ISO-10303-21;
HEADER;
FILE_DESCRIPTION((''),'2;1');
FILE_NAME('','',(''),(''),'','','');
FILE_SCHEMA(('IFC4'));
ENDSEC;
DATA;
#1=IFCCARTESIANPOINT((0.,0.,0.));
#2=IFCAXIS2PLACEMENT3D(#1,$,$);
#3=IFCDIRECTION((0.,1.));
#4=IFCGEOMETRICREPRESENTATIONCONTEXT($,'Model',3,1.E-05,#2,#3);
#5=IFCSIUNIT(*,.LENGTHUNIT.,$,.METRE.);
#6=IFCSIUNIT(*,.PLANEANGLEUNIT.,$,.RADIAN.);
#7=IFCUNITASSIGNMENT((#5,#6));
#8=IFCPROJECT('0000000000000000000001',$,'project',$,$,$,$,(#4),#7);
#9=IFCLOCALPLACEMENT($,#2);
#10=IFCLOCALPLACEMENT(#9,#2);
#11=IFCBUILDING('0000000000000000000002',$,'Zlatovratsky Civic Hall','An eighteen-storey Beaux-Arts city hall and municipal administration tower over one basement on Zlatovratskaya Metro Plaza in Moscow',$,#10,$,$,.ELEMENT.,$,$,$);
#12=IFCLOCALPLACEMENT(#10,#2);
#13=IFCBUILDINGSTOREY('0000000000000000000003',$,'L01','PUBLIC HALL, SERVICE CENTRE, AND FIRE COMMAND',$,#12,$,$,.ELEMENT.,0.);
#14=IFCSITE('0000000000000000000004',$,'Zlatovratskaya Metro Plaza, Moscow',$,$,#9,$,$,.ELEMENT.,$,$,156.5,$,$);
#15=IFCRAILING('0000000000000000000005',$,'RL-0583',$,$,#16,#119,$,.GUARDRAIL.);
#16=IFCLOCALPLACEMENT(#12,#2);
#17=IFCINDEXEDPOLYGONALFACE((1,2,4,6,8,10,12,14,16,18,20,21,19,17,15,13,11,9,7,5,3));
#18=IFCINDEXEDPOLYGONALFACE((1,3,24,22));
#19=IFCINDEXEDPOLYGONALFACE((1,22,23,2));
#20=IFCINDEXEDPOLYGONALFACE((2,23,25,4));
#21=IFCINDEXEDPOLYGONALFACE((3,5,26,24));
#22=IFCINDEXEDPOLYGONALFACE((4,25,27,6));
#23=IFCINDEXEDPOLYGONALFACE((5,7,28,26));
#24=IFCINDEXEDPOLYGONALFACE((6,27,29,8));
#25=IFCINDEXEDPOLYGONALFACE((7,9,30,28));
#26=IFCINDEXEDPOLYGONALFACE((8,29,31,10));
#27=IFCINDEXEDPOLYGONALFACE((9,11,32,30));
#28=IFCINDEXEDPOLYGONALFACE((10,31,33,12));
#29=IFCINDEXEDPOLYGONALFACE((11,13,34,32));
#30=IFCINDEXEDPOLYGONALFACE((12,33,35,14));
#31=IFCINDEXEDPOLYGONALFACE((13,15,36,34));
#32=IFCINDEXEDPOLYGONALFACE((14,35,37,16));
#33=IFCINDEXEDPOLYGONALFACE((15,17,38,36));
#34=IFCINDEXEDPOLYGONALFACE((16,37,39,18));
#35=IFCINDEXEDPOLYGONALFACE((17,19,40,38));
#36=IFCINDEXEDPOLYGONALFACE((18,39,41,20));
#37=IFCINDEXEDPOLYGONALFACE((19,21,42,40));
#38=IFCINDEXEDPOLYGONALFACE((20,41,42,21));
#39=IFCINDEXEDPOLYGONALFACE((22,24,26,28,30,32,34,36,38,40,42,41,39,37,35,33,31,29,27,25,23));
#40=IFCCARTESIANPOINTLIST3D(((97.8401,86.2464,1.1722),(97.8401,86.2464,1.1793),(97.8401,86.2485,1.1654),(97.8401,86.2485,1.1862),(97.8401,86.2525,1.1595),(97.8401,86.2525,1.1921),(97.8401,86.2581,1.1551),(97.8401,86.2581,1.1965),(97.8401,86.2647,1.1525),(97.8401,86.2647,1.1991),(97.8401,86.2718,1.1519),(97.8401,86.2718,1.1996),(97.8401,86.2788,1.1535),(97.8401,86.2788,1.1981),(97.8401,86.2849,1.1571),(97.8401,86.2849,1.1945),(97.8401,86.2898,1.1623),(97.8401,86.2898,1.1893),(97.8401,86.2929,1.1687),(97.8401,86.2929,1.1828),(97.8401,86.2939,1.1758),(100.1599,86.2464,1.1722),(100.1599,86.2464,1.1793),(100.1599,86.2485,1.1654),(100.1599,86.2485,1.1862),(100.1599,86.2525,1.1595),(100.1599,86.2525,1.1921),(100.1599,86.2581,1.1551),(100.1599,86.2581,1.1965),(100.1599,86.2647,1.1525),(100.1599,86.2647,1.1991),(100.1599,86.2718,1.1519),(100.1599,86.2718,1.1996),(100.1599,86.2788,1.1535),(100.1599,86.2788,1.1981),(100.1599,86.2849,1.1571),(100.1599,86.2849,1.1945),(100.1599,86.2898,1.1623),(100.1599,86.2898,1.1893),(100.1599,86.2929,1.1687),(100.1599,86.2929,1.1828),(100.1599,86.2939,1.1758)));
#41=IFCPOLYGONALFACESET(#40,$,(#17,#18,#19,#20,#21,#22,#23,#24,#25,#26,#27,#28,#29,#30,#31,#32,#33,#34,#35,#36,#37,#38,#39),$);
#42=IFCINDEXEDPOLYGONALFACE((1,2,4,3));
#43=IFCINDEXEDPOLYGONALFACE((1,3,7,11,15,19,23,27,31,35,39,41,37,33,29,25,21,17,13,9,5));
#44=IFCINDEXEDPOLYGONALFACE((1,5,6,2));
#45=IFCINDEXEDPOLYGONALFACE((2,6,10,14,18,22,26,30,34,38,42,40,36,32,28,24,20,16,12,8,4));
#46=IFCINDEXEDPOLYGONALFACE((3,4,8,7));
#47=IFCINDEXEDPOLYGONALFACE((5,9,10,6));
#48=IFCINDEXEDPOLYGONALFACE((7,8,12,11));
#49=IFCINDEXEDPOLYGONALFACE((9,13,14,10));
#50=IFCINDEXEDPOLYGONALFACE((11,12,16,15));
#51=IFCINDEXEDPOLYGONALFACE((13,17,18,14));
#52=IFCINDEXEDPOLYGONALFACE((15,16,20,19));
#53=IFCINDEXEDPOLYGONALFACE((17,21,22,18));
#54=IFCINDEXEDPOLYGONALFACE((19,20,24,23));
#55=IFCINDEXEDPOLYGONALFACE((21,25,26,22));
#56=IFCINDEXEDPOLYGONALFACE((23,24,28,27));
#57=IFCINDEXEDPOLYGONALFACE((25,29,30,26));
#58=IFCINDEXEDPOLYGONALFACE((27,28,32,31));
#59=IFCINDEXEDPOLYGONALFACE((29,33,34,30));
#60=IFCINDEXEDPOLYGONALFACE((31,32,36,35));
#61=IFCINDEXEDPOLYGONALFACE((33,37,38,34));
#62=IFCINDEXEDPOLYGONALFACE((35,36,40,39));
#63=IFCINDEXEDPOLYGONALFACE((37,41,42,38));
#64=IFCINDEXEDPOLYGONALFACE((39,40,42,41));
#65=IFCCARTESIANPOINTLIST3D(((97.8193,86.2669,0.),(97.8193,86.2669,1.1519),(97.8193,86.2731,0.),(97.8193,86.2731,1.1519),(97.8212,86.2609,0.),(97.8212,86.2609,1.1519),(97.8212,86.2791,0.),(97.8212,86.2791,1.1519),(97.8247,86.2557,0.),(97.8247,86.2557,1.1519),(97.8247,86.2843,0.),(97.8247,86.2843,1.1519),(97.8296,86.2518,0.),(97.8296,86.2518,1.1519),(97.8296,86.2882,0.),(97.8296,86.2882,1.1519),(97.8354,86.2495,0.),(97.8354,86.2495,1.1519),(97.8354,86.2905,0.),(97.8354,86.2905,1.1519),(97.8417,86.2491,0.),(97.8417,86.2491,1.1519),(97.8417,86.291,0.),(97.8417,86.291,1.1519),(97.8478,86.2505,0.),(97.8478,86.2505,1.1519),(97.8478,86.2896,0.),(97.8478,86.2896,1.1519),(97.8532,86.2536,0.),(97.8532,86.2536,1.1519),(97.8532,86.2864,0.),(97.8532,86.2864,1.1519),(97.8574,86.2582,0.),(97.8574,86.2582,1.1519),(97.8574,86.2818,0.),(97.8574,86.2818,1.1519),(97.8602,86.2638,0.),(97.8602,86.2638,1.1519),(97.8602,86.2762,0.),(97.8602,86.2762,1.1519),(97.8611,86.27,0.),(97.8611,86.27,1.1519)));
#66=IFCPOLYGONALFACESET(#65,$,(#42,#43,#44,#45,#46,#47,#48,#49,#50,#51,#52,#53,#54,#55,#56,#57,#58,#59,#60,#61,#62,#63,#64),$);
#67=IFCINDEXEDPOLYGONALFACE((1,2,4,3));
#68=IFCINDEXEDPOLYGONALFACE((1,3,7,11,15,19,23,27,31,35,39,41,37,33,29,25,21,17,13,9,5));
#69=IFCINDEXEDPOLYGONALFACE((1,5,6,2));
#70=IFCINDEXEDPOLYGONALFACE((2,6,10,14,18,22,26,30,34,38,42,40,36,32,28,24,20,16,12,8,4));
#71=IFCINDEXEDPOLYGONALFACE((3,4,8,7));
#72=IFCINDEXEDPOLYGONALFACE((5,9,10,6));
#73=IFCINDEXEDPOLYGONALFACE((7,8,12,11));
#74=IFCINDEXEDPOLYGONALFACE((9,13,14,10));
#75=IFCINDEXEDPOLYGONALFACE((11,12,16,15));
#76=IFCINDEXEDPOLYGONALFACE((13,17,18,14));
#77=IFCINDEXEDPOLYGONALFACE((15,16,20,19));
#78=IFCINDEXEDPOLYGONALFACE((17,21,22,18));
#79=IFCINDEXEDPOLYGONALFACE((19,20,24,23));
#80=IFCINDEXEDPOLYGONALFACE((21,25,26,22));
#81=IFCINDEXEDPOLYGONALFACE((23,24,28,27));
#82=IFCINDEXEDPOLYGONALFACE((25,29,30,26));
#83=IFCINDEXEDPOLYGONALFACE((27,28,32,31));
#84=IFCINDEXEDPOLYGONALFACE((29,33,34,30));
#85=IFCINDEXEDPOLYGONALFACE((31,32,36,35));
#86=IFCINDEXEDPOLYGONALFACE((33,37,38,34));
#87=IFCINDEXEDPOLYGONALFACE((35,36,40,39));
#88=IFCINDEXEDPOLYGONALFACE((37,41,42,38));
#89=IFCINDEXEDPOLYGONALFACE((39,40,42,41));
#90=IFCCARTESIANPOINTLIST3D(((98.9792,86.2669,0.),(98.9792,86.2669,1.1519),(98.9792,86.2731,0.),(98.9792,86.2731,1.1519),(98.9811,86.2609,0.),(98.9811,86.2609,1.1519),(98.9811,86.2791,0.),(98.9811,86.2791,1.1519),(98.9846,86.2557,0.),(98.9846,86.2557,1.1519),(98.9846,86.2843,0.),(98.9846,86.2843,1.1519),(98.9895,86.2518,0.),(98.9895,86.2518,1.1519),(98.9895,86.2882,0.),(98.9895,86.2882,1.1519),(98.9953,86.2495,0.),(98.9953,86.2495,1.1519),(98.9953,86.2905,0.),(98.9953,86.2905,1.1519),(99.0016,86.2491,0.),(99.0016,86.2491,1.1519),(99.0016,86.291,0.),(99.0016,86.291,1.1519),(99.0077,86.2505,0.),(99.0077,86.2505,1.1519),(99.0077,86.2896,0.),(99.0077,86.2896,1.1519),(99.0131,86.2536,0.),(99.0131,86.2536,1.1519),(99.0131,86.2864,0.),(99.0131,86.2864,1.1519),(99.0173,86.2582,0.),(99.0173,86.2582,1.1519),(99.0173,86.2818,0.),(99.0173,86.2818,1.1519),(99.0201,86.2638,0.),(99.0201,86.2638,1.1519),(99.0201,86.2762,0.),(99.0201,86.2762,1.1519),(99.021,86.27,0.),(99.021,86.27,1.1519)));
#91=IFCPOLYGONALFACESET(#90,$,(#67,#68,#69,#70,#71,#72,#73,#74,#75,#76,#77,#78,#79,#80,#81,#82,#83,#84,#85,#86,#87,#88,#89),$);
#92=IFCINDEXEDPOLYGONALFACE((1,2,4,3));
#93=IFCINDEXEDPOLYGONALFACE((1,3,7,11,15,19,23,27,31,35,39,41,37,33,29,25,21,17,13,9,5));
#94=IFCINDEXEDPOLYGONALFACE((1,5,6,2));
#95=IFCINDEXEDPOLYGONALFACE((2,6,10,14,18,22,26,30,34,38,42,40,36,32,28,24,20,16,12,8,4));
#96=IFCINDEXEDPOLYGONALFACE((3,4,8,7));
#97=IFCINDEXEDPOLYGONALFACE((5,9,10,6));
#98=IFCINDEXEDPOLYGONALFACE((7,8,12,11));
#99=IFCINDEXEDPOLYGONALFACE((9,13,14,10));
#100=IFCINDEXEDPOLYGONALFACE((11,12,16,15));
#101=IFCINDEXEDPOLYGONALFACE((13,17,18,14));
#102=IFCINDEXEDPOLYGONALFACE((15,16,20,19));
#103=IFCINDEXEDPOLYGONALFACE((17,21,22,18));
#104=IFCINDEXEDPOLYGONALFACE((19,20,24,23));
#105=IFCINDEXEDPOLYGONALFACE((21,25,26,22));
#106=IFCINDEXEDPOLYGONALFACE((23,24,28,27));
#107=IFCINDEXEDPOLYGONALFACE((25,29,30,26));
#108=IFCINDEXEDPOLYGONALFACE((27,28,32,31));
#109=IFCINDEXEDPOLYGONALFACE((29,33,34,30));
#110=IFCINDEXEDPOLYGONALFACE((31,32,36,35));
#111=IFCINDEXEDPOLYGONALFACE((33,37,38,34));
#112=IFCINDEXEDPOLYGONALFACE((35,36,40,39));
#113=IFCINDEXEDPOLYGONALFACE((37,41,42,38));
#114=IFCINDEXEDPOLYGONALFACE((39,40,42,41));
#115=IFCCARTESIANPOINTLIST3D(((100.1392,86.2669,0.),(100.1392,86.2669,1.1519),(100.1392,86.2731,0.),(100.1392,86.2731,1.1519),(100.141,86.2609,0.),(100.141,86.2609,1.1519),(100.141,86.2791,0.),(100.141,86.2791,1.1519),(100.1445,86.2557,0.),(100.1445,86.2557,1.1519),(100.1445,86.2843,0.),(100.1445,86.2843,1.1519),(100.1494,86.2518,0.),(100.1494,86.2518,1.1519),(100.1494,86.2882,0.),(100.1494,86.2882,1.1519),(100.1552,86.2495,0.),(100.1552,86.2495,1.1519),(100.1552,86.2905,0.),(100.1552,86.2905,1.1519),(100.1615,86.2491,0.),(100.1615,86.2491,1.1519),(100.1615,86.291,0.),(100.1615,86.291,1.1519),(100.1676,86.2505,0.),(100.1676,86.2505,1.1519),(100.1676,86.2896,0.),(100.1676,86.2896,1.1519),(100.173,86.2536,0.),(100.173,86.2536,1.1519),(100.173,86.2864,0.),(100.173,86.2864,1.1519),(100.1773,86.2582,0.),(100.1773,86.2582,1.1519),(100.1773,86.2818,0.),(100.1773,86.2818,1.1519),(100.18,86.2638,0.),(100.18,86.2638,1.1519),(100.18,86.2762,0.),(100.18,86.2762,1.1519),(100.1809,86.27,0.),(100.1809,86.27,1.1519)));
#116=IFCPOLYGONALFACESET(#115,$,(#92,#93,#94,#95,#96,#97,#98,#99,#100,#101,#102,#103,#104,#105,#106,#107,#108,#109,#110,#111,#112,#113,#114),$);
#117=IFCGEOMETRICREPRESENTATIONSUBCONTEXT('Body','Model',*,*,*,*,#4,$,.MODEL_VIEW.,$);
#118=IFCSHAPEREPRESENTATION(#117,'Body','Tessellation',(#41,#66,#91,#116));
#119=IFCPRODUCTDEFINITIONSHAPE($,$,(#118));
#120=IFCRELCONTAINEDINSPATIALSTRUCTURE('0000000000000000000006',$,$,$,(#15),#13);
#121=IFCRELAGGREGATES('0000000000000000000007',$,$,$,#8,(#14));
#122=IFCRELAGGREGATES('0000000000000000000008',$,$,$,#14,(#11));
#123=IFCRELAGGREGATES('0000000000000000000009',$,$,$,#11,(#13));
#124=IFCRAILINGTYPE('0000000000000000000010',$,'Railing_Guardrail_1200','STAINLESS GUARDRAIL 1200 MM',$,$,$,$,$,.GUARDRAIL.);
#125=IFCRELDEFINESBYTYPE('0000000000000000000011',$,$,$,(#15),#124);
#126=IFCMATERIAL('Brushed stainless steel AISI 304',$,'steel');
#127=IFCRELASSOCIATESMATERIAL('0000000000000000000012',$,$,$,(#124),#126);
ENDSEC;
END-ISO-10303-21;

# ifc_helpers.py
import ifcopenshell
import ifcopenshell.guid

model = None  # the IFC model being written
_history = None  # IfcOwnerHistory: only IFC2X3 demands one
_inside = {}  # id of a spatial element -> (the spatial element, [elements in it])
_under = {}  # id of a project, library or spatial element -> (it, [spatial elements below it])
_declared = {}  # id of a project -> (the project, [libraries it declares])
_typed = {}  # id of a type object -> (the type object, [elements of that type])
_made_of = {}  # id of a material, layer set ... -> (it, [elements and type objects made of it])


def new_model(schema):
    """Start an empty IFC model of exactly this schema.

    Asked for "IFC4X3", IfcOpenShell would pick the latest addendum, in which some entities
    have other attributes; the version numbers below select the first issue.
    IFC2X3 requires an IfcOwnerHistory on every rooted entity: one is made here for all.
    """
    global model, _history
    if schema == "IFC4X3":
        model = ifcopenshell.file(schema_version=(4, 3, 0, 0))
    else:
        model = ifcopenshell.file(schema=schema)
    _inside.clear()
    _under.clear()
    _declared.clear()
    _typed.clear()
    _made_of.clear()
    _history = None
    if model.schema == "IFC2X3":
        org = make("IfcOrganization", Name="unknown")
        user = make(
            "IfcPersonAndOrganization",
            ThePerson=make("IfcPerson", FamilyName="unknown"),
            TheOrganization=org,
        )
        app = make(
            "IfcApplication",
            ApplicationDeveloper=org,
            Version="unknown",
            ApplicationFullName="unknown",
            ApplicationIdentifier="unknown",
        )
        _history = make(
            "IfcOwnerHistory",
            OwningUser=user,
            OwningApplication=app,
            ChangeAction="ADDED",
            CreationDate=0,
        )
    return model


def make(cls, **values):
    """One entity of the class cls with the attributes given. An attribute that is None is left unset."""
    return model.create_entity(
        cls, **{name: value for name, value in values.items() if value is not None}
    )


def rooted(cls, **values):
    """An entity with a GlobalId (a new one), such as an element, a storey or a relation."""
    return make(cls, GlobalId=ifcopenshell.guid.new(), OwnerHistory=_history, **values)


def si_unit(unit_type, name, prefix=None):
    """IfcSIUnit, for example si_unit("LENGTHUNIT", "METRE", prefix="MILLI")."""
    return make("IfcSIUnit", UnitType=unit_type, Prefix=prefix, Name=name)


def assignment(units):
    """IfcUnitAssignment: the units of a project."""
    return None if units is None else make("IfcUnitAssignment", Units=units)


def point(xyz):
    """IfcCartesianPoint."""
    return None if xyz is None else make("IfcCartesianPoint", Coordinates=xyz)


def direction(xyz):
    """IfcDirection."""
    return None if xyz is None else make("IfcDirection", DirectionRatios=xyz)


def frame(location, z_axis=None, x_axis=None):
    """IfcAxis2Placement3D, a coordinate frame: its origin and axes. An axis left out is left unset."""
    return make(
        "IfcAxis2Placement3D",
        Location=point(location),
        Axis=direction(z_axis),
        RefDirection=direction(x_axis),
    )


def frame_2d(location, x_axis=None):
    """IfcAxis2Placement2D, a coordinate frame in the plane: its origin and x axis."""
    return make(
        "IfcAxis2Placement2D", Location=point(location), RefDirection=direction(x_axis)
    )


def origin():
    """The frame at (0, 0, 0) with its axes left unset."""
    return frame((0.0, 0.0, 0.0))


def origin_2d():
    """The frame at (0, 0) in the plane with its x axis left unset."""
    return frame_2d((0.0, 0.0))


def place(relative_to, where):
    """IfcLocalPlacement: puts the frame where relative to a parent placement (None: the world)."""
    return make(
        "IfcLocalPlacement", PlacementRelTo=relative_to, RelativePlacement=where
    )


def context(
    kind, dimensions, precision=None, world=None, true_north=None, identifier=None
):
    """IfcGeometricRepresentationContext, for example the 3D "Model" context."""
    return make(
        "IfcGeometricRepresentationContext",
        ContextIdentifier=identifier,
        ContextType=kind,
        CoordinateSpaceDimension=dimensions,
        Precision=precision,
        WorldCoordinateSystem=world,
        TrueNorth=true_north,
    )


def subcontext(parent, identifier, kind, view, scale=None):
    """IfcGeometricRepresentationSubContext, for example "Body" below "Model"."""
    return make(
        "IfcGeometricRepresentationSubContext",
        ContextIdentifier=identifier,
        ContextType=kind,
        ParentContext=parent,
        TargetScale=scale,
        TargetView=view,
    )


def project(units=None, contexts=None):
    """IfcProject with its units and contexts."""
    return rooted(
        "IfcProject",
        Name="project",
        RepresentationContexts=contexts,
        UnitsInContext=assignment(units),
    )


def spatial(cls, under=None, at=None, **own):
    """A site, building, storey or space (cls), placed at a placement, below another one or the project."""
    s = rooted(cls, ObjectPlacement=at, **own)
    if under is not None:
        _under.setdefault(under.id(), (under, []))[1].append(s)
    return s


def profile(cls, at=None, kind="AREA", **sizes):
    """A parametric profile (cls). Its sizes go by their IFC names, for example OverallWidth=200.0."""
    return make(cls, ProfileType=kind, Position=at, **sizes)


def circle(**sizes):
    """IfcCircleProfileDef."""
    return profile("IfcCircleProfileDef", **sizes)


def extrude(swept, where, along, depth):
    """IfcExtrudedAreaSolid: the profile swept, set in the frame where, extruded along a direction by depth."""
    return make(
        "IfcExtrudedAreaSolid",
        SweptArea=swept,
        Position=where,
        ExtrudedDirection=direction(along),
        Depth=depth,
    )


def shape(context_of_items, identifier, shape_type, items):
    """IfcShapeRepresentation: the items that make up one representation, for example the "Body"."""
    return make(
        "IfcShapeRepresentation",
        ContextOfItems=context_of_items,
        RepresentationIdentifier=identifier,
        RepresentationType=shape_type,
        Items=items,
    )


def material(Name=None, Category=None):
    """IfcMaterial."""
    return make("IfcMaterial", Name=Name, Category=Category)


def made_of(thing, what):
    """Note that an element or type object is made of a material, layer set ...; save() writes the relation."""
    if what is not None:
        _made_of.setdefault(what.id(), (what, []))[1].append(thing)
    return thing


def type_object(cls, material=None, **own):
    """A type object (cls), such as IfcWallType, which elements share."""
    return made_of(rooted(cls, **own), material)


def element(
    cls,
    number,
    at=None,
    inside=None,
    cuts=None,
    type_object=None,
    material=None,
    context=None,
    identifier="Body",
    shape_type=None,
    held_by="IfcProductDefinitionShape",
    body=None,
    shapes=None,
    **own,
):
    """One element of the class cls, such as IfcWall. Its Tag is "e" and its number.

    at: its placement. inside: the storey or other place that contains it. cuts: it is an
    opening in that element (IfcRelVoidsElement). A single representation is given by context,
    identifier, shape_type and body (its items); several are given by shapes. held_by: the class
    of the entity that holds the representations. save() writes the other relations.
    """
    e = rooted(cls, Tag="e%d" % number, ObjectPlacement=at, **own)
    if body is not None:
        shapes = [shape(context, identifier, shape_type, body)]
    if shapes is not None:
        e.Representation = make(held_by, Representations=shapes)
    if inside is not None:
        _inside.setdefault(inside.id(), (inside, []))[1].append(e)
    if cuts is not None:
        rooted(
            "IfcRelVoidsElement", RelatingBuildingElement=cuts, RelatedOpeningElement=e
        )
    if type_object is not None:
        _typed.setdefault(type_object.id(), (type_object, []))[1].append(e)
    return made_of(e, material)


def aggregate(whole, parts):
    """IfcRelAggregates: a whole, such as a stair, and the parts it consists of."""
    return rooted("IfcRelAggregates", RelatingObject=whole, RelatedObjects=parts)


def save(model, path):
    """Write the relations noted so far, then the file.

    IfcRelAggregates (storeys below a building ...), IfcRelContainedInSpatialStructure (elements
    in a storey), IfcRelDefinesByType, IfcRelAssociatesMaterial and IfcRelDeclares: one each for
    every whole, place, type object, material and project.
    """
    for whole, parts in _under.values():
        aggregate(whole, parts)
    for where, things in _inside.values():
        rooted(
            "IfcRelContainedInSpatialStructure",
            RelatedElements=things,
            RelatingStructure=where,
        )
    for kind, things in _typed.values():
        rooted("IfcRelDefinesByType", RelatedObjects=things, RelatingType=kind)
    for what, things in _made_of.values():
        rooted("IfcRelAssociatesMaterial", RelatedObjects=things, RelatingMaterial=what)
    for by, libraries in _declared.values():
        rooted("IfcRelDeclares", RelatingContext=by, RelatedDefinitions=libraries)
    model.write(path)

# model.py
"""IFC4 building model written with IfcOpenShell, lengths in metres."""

from ifc_helpers import new_model, si_unit, direction, frame, origin, origin_2d, place, context, subcontext, project, spatial, circle, extrude, material, type_object, element, save


model = new_model("IFC4")

# Units and contexts
model_context = context("Model", 3, precision=1e-05, world=origin(), true_north=direction((0.0, 1.0)))
body_context = subcontext(model_context, "Body", "Model", "MODEL_VIEW")
ifc_project = project(units=[si_unit("LENGTHUNIT", "METRE"), si_unit("PLANEANGLEUNIT", "RADIAN")], contexts=[model_context])

# Site, building, storey
site_placement = place(None, origin())
site = spatial("IfcSite", under=ifc_project, at=site_placement, Name="Zlatovratskaya Metro Plaza, Moscow", CompositionType="ELEMENT", RefElevation=156.5)
building_placement = place(site_placement, origin())
building = spatial("IfcBuilding", under=site, at=building_placement, Name="Zlatovratsky Civic Hall", Description="An eighteen-storey Beaux-Arts city hall and municipal administration tower over one basement on Zlatovratskaya Metro Plaza in Moscow", CompositionType="ELEMENT")
storey_placement = place(building_placement, origin())
storey = spatial("IfcBuildingStorey", under=building, at=storey_placement, Name="L01", Description="PUBLIC HALL, SERVICE CENTRE, AND FIRE COMMAND", CompositionType="ELEMENT", Elevation=0.0)

# Railing
ifc_material_1 = material(Name="Brushed stainless steel AISI 304", Category="steel")
railing_type_1 = type_object("IfcRailingType", Name="Railing_Guardrail_1200", Description="STAINLESS GUARDRAIL 1200 MM", PredefinedType="GUARDRAIL", material=ifc_material_1)
railing_1_placement = place(storey_placement, frame((97.8401, 86.27, 0.0)))
element("IfcRailing", 1, at=railing_1_placement, inside=storey, type_object=railing_type_1, Name="RL-0583", PredefinedType="GUARDRAIL", context=body_context, shape_type="SweptSolid", body=[
    extrude(circle(Radius=0.0239, at=origin_2d()), frame((0.0, 0.0, 1.1758), z_axis=(1.0, 0.0, 0.0), x_axis=(0.0, 1.0, 0.0)), (0.0, 0.0, 1.0), 2.3198),
    extrude(circle(Radius=0.021, at=origin_2d()), origin(), (0.0, 0.0, 1.0), 1.1519),
    extrude(circle(Radius=0.021, at=origin_2d()), frame((1.1599, 0.0, 0.0)), (0.0, 0.0, 1.0), 1.1519),
    extrude(circle(Radius=0.021, at=origin_2d()), frame((2.3198, 0.0, 0.0)), (0.0, 0.0, 1.0), 1.1519),
])

save(model, "model.ifc")
